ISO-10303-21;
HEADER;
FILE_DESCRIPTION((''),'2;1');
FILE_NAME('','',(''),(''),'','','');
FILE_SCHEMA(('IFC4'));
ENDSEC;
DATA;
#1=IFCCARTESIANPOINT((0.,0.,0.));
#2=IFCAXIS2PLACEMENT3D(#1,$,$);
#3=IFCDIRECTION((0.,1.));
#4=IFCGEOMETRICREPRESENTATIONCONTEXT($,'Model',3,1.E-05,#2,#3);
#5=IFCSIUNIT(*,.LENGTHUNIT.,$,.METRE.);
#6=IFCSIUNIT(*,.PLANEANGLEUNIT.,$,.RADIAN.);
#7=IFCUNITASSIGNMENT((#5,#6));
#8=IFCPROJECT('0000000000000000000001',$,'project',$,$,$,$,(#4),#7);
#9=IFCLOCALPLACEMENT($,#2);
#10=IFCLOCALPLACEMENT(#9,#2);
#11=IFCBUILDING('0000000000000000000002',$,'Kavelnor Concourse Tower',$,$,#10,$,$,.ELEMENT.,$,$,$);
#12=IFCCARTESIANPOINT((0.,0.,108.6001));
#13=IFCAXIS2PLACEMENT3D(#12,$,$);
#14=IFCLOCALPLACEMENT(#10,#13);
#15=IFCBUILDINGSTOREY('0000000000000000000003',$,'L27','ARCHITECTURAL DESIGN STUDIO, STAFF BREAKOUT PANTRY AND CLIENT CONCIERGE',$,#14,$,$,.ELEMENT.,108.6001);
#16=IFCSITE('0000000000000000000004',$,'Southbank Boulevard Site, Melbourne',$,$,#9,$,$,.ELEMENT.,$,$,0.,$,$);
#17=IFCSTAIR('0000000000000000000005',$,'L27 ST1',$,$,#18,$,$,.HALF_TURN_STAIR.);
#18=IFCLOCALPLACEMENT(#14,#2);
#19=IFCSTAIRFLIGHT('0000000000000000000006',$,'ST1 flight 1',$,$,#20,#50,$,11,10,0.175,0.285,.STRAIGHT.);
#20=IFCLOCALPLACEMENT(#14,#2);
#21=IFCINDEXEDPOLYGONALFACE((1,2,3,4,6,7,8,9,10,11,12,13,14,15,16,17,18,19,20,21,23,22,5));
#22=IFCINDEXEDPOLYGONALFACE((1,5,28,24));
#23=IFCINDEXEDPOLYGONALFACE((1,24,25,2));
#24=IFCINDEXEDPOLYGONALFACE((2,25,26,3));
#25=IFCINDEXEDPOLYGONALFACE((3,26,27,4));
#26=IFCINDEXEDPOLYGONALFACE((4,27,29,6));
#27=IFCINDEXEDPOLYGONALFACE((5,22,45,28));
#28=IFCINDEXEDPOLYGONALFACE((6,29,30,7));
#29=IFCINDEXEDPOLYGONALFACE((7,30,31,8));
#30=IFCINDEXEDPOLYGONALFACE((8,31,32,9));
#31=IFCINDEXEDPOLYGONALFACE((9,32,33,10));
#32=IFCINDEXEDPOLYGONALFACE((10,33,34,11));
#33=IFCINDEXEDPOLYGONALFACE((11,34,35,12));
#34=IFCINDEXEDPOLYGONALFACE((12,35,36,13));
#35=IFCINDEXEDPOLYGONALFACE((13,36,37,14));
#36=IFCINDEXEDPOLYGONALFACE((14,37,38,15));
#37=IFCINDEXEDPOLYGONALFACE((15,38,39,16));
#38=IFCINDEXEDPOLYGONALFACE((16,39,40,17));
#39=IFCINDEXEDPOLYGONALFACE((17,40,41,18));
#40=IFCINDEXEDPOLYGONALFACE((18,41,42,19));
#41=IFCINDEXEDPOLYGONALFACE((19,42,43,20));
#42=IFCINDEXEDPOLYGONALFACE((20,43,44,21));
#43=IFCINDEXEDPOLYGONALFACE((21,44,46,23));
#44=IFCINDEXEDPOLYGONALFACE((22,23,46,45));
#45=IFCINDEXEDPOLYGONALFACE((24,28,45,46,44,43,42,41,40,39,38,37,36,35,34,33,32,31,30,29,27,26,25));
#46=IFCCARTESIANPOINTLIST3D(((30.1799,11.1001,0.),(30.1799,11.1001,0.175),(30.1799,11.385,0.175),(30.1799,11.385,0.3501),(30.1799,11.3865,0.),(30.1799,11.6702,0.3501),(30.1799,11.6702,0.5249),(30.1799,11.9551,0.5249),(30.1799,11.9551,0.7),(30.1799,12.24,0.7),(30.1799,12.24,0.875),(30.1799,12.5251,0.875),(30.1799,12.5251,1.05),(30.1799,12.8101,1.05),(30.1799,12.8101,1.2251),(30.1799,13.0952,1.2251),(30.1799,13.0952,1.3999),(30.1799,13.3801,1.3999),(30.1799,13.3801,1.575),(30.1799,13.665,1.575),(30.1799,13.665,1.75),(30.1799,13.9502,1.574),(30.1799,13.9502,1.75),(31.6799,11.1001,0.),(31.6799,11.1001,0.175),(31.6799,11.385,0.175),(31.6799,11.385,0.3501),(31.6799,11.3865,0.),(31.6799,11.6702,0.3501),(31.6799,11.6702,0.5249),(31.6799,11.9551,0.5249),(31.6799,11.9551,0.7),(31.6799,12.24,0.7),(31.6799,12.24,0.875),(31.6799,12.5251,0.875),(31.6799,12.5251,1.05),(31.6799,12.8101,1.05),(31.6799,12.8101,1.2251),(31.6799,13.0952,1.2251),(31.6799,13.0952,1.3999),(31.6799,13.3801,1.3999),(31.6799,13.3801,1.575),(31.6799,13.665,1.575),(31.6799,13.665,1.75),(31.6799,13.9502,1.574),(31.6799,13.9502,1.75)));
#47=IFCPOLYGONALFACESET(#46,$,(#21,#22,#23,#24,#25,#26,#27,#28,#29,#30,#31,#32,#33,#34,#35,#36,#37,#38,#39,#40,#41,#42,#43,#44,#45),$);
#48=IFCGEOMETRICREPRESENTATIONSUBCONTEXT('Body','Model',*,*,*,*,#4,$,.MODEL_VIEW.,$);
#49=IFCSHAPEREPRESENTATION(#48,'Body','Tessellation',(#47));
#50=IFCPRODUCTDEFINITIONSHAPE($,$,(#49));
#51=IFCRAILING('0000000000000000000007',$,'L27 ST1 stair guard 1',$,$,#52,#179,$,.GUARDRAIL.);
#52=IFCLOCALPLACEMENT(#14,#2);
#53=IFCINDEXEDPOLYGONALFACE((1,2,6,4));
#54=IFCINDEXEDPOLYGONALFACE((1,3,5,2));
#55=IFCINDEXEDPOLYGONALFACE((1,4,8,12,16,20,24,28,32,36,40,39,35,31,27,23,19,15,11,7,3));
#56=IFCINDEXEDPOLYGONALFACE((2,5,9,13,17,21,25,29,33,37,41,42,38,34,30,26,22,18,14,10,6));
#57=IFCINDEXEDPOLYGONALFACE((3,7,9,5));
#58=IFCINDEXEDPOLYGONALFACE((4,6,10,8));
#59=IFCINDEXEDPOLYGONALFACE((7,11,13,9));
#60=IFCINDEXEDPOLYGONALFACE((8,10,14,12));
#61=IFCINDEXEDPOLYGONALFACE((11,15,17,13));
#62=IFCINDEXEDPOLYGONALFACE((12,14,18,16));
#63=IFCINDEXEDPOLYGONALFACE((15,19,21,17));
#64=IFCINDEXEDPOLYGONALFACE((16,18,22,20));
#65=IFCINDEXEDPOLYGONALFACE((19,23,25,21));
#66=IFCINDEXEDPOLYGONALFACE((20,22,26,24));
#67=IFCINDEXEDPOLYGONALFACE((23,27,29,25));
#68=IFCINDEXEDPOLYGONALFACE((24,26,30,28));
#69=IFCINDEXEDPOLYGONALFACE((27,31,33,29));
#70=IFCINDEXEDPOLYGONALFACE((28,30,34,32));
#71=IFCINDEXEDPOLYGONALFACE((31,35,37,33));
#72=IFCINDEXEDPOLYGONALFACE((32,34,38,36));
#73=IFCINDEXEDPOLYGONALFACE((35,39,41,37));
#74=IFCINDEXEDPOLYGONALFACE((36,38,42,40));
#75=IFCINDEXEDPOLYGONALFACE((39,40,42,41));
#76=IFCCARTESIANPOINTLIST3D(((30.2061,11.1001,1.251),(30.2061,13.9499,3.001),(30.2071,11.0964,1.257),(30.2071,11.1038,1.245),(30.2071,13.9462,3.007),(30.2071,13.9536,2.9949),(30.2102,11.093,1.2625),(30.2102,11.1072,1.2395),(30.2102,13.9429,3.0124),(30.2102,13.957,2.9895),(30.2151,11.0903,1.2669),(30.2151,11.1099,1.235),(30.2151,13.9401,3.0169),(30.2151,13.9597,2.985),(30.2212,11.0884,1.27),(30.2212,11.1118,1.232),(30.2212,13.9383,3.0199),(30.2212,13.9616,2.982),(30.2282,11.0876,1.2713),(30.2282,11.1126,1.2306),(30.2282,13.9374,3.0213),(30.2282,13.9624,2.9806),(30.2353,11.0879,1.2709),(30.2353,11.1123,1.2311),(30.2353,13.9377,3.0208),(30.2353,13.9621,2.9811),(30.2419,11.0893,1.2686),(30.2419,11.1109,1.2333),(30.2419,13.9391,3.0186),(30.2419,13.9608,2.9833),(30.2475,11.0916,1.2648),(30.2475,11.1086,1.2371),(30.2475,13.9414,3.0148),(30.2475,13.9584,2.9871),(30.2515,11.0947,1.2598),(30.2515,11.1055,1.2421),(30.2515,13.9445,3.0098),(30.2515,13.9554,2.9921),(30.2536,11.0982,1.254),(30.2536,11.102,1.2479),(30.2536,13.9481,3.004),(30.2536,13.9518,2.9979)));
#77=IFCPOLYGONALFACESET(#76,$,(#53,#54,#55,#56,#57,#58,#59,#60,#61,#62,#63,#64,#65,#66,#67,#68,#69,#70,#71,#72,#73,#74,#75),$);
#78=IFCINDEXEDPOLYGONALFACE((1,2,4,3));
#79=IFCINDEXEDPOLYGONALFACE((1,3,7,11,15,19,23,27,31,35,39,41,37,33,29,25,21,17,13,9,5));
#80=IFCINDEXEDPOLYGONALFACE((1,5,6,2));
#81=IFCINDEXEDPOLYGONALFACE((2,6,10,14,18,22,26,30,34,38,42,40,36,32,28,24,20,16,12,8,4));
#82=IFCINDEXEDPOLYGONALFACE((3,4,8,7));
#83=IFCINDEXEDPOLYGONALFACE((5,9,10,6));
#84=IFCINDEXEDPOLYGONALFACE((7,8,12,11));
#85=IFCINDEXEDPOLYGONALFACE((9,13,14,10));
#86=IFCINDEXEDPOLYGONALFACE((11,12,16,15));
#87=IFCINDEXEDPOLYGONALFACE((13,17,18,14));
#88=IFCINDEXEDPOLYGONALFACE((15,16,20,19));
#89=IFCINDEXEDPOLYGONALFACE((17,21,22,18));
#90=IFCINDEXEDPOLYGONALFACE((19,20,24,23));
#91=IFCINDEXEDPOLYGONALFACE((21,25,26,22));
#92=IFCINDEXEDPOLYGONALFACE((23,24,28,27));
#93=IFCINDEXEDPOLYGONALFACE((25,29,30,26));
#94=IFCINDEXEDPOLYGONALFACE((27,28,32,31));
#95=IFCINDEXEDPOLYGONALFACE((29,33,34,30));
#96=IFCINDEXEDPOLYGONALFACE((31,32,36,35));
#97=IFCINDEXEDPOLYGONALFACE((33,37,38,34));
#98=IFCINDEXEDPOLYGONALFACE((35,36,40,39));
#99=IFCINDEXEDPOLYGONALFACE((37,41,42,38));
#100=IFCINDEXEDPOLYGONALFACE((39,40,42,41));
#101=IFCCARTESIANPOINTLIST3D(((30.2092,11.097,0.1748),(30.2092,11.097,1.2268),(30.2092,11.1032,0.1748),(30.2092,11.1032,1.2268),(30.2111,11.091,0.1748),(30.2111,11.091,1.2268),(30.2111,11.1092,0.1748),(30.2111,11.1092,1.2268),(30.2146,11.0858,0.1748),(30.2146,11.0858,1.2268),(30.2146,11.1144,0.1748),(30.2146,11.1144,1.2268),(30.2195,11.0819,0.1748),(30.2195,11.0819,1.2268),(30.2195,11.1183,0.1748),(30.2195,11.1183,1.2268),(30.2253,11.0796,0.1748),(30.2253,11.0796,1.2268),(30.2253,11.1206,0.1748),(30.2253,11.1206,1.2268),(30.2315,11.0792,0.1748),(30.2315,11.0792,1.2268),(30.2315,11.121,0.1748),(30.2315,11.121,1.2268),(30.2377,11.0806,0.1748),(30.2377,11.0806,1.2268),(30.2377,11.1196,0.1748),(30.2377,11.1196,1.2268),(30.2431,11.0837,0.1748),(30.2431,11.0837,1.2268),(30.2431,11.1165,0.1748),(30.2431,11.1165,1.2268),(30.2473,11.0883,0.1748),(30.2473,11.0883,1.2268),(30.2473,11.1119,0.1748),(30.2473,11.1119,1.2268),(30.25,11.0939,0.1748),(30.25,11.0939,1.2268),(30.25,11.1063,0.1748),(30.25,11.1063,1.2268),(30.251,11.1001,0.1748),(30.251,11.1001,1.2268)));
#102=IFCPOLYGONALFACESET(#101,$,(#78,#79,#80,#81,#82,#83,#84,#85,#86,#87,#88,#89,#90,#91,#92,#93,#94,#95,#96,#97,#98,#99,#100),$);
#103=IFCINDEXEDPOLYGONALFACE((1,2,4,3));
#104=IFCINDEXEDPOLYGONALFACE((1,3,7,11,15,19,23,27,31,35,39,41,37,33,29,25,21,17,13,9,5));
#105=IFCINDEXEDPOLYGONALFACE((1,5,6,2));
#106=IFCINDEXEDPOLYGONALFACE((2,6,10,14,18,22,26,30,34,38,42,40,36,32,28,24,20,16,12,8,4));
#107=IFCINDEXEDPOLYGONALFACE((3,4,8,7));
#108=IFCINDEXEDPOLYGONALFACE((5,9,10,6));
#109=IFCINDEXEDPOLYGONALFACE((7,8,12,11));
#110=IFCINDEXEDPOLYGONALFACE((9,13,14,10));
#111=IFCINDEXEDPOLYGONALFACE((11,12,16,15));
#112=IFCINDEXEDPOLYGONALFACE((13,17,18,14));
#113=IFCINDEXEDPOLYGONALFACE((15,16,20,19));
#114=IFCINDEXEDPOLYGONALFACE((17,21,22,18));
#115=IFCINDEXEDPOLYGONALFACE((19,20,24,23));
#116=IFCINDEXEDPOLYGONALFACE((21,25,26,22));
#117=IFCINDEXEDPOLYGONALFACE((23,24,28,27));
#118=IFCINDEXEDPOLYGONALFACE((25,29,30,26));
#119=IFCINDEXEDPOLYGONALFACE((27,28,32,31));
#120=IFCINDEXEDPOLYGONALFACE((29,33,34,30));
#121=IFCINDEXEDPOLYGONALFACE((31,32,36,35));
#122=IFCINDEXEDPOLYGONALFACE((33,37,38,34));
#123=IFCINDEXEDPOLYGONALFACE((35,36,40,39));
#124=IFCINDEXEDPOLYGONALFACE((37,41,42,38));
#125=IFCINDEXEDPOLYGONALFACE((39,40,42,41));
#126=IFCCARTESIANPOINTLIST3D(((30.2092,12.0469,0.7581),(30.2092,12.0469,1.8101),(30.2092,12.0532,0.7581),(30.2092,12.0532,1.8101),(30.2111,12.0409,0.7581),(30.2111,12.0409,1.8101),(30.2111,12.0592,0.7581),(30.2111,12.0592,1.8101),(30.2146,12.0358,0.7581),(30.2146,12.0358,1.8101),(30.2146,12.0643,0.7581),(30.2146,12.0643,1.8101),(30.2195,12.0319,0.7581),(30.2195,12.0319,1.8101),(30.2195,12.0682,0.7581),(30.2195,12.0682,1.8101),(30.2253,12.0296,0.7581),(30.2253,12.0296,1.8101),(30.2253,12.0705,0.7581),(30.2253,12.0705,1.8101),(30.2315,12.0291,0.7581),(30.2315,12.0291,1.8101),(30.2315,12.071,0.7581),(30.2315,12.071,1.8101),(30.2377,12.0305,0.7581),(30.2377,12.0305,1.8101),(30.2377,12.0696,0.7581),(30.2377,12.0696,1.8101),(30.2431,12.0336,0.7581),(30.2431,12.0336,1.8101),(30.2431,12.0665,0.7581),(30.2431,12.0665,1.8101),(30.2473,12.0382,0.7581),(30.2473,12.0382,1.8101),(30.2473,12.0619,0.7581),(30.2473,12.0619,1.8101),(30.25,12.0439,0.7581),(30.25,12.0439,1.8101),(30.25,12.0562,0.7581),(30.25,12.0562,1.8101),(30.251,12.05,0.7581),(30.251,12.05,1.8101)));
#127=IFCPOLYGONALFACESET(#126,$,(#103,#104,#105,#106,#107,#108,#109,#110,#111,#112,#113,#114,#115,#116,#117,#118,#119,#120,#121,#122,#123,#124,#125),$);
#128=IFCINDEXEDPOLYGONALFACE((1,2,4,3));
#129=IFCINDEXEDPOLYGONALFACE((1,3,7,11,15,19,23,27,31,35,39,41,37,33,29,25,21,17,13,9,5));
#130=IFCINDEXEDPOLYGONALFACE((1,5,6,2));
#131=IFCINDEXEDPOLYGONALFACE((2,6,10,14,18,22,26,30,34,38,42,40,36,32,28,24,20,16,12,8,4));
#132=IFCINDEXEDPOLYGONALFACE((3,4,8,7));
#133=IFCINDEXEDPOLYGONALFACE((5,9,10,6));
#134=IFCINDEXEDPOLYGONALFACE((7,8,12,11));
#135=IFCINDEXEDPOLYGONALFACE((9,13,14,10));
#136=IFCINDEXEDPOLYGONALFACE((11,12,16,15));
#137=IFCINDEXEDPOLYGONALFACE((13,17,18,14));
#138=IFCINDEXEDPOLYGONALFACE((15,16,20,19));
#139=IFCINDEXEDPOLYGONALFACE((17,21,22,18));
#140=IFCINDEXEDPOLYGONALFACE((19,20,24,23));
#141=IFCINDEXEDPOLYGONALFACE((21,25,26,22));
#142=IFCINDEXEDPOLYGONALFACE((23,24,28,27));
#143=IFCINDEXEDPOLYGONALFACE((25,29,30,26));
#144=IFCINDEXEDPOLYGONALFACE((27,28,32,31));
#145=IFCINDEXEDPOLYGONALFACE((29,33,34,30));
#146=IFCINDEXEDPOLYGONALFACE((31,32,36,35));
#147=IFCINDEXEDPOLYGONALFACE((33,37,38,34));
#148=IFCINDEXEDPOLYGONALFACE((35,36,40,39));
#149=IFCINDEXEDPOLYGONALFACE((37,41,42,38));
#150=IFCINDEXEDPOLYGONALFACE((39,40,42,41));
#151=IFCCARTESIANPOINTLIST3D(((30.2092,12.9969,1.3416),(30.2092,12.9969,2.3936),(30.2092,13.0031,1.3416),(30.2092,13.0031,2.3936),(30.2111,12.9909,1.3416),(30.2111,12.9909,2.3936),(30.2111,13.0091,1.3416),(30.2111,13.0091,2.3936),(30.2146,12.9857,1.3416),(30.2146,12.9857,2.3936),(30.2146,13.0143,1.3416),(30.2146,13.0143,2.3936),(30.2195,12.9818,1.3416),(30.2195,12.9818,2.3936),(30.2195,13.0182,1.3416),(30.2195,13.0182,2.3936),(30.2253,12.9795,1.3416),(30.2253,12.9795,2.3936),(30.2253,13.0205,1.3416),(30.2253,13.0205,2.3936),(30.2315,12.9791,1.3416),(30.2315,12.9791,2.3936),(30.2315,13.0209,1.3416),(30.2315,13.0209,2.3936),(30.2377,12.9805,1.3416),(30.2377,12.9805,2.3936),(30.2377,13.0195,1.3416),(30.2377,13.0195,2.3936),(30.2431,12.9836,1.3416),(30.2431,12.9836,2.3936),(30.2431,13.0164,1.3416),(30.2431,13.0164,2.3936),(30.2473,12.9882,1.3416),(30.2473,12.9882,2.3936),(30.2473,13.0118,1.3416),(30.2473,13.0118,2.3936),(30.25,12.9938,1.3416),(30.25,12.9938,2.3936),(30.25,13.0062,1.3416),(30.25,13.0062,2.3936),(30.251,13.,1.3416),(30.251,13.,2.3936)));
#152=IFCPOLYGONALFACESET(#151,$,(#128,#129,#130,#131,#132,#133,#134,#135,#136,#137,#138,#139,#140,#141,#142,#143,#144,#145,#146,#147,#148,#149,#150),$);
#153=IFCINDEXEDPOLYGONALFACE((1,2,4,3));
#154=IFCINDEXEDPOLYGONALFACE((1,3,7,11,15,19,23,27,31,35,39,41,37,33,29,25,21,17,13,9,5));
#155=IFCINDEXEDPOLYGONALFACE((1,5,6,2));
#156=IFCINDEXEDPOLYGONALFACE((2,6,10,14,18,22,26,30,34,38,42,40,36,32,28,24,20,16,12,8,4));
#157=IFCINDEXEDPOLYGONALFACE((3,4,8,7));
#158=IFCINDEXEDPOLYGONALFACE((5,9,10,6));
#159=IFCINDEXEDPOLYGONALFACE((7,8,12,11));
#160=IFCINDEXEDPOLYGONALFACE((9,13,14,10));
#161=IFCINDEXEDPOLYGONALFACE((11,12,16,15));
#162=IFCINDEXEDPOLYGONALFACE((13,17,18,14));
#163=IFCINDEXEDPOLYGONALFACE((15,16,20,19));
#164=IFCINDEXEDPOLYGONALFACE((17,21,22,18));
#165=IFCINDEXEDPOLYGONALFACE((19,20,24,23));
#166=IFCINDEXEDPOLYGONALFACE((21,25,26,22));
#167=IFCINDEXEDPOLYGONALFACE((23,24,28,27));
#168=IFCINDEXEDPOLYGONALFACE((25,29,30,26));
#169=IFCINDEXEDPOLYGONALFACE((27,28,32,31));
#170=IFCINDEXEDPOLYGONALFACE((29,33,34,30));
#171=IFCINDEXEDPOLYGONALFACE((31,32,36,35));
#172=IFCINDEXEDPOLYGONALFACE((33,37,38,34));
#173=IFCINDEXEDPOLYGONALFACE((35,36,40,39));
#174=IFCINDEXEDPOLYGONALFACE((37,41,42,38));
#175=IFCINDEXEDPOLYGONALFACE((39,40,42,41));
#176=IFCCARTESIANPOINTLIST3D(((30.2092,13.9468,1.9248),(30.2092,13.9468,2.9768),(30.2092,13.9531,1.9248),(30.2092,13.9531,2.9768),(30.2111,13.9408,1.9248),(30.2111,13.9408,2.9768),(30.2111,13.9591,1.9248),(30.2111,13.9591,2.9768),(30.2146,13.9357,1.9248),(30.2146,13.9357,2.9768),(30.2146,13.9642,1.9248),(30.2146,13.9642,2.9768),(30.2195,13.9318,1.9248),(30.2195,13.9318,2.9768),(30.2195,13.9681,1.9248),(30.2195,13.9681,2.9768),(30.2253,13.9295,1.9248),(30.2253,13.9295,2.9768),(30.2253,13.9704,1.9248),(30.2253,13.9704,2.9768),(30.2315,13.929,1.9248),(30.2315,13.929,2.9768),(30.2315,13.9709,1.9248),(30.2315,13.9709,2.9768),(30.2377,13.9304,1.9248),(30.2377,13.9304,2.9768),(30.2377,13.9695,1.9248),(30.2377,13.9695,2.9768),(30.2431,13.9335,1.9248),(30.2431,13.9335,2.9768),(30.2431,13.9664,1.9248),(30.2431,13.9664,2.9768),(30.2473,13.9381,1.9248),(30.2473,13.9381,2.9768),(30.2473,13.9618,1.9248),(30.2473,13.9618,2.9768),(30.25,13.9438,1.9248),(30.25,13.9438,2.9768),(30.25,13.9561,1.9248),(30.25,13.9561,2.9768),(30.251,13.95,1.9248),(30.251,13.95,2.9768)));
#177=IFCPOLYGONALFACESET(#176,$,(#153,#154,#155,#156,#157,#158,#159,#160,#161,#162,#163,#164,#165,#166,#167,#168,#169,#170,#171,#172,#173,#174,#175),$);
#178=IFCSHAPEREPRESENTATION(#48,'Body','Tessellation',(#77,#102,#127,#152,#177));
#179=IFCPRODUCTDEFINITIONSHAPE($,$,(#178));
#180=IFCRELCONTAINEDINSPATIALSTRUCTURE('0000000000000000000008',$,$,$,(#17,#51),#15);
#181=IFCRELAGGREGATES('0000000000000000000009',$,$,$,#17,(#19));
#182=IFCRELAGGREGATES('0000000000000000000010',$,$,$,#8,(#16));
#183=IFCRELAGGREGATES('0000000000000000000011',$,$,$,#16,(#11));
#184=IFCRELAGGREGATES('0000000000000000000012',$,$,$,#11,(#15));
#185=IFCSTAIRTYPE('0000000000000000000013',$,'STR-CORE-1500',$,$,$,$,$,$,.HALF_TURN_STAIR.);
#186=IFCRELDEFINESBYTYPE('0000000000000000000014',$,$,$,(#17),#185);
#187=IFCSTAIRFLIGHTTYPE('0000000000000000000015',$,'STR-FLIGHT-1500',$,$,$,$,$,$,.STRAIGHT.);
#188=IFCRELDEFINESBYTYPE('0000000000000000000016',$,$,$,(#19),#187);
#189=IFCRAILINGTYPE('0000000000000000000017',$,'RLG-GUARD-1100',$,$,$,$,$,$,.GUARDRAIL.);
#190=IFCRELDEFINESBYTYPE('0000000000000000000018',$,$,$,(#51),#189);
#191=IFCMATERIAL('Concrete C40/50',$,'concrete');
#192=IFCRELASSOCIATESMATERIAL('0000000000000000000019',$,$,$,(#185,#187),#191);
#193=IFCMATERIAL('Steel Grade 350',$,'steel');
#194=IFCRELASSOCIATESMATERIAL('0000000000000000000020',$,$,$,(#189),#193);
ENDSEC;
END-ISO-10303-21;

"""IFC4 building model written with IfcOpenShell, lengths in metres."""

from ifc_helpers import new_model, si_unit, direction, frame, origin, origin_2d, place, context, subcontext, project, spatial, polyline, circle, outline, extrude, material, type_object, element, aggregate, save


model = new_model("IFC4")

# Units and contexts
model_context = context("Model", 3, precision=1e-05, world=origin(), true_north=direction((0.0, 1.0)))
body_context = subcontext(model_context, "Body", "Model", "MODEL_VIEW")
ifc_project = project(units=[si_unit("LENGTHUNIT", "METRE"), si_unit("PLANEANGLEUNIT", "RADIAN")], contexts=[model_context])

# Site, building, storey
site_placement = place(None, origin())
site = spatial("IfcSite", under=ifc_project, at=site_placement, Name="Southbank Boulevard Site, Melbourne", CompositionType="ELEMENT", RefElevation=0.0)
building_placement = place(site_placement, origin())
building = spatial("IfcBuilding", under=site, at=building_placement, Name="Kavelnor Concourse Tower", CompositionType="ELEMENT")
storey_placement = place(building_placement, frame((0.0, 0.0, 108.6001)))
storey = spatial("IfcBuildingStorey", under=building, at=storey_placement, Name="L27", Description="ARCHITECTURAL DESIGN STUDIO, STAFF BREAKOUT PANTRY AND CLIENT CONCIERGE", CompositionType="ELEMENT", Elevation=108.6001)

# Shared definitions
ifc_material_1 = material(Name="Steel Grade 350", Category="steel")

# Stair, stair flight
ifc_material_2 = material(Name="Concrete C40/50", Category="concrete")
stair_type = type_object("IfcStairType", Name="STR-CORE-1500", PredefinedType="HALF_TURN_STAIR", material=ifc_material_2)
stair_placement = place(storey_placement, origin())
stair = element("IfcStair", 1, at=stair_placement, inside=storey, type_object=stair_type, Name="L27 ST1", PredefinedType="HALF_TURN_STAIR")
stair_flight_type = type_object("IfcStairFlightType", Name="STR-FLIGHT-1500", PredefinedType="STRAIGHT", material=ifc_material_2)
stair_flight_placement = place(storey_placement, frame((30.9299, 11.1001, 0.0), z_axis=(0.0, 0.0, 1.0), x_axis=(0.0, 1.0, 0.0)))
stair_flight = element("IfcStairFlight", 2, at=stair_flight_placement, type_object=stair_flight_type, Name="ST1 flight 1", NumberOfRisers=11, NumberOfTreads=10, PredefinedType="STRAIGHT", RiserHeight=0.175, TreadLength=0.285, context=body_context, shape_type="SweptSolid", body=[
    extrude(outline(polyline([(0.0, 0.0), (0.0, 0.175), (0.2849, 0.175), (0.2849, 0.3501), (0.5701, 0.3501), (0.5701, 0.5249), (0.855, 0.5249), (0.855, 0.7), (1.1399, 0.7), (1.1399, 0.875), (1.425, 0.875), (1.425, 1.05), (1.71, 1.05), (1.71, 1.2251), (1.9951, 1.2251), (1.9951, 1.3999), (2.28, 1.3999), (2.28, 1.575), (2.5649, 1.575), (2.5649, 1.75), (2.8501, 1.75), (2.8501, 1.925), (2.8501, 1.574), (0.2864, 0.0), (0.0, 0.0)])), frame((0.0, 0.75, 0.0), z_axis=(0.0, -1.0, 0.0), x_axis=(1.0, 0.0, 0.0)), (0.0, 0.0, 1.0), 1.5),
])
aggregate(stair, [stair_flight])

# Railing
railing_type_1 = type_object("IfcRailingType", Name="RLG-GUARD-1100", PredefinedType="GUARDRAIL", material=ifc_material_1)
railing_1_placement = place(storey_placement, frame((30.23, 11.1001, 0.1748)))
element("IfcRailing", 3, at=railing_1_placement, inside=storey, type_object=railing_type_1, Name="L27 ST1 stair guard 1", PredefinedType="GUARDRAIL", context=body_context, shape_type="SweptSolid", body=[
    extrude(circle(Radius=0.0239, at=origin_2d()), frame((0.0, 0.0, 1.0762), z_axis=(0.0, 0.852159, 0.523283), x_axis=(-1.0, 0.0, 0.0)), (0.0, 0.0, 1.0), 3.3442),
    extrude(circle(Radius=0.021, at=origin_2d()), origin(), (0.0, 0.0, 1.0), 1.052),
    extrude(circle(Radius=0.021, at=origin_2d()), frame((0.0, 0.95, 0.5833)), (0.0, 0.0, 1.0), 1.052),
    extrude(circle(Radius=0.021, at=origin_2d()), frame((0.0, 1.8999, 1.1667)), (0.0, 0.0, 1.0), 1.052),
    extrude(circle(Radius=0.021, at=origin_2d()), frame((0.0, 2.8499, 1.75)), (0.0, 0.0, 1.0), 1.052),
])

save(model, "model.ifc")
